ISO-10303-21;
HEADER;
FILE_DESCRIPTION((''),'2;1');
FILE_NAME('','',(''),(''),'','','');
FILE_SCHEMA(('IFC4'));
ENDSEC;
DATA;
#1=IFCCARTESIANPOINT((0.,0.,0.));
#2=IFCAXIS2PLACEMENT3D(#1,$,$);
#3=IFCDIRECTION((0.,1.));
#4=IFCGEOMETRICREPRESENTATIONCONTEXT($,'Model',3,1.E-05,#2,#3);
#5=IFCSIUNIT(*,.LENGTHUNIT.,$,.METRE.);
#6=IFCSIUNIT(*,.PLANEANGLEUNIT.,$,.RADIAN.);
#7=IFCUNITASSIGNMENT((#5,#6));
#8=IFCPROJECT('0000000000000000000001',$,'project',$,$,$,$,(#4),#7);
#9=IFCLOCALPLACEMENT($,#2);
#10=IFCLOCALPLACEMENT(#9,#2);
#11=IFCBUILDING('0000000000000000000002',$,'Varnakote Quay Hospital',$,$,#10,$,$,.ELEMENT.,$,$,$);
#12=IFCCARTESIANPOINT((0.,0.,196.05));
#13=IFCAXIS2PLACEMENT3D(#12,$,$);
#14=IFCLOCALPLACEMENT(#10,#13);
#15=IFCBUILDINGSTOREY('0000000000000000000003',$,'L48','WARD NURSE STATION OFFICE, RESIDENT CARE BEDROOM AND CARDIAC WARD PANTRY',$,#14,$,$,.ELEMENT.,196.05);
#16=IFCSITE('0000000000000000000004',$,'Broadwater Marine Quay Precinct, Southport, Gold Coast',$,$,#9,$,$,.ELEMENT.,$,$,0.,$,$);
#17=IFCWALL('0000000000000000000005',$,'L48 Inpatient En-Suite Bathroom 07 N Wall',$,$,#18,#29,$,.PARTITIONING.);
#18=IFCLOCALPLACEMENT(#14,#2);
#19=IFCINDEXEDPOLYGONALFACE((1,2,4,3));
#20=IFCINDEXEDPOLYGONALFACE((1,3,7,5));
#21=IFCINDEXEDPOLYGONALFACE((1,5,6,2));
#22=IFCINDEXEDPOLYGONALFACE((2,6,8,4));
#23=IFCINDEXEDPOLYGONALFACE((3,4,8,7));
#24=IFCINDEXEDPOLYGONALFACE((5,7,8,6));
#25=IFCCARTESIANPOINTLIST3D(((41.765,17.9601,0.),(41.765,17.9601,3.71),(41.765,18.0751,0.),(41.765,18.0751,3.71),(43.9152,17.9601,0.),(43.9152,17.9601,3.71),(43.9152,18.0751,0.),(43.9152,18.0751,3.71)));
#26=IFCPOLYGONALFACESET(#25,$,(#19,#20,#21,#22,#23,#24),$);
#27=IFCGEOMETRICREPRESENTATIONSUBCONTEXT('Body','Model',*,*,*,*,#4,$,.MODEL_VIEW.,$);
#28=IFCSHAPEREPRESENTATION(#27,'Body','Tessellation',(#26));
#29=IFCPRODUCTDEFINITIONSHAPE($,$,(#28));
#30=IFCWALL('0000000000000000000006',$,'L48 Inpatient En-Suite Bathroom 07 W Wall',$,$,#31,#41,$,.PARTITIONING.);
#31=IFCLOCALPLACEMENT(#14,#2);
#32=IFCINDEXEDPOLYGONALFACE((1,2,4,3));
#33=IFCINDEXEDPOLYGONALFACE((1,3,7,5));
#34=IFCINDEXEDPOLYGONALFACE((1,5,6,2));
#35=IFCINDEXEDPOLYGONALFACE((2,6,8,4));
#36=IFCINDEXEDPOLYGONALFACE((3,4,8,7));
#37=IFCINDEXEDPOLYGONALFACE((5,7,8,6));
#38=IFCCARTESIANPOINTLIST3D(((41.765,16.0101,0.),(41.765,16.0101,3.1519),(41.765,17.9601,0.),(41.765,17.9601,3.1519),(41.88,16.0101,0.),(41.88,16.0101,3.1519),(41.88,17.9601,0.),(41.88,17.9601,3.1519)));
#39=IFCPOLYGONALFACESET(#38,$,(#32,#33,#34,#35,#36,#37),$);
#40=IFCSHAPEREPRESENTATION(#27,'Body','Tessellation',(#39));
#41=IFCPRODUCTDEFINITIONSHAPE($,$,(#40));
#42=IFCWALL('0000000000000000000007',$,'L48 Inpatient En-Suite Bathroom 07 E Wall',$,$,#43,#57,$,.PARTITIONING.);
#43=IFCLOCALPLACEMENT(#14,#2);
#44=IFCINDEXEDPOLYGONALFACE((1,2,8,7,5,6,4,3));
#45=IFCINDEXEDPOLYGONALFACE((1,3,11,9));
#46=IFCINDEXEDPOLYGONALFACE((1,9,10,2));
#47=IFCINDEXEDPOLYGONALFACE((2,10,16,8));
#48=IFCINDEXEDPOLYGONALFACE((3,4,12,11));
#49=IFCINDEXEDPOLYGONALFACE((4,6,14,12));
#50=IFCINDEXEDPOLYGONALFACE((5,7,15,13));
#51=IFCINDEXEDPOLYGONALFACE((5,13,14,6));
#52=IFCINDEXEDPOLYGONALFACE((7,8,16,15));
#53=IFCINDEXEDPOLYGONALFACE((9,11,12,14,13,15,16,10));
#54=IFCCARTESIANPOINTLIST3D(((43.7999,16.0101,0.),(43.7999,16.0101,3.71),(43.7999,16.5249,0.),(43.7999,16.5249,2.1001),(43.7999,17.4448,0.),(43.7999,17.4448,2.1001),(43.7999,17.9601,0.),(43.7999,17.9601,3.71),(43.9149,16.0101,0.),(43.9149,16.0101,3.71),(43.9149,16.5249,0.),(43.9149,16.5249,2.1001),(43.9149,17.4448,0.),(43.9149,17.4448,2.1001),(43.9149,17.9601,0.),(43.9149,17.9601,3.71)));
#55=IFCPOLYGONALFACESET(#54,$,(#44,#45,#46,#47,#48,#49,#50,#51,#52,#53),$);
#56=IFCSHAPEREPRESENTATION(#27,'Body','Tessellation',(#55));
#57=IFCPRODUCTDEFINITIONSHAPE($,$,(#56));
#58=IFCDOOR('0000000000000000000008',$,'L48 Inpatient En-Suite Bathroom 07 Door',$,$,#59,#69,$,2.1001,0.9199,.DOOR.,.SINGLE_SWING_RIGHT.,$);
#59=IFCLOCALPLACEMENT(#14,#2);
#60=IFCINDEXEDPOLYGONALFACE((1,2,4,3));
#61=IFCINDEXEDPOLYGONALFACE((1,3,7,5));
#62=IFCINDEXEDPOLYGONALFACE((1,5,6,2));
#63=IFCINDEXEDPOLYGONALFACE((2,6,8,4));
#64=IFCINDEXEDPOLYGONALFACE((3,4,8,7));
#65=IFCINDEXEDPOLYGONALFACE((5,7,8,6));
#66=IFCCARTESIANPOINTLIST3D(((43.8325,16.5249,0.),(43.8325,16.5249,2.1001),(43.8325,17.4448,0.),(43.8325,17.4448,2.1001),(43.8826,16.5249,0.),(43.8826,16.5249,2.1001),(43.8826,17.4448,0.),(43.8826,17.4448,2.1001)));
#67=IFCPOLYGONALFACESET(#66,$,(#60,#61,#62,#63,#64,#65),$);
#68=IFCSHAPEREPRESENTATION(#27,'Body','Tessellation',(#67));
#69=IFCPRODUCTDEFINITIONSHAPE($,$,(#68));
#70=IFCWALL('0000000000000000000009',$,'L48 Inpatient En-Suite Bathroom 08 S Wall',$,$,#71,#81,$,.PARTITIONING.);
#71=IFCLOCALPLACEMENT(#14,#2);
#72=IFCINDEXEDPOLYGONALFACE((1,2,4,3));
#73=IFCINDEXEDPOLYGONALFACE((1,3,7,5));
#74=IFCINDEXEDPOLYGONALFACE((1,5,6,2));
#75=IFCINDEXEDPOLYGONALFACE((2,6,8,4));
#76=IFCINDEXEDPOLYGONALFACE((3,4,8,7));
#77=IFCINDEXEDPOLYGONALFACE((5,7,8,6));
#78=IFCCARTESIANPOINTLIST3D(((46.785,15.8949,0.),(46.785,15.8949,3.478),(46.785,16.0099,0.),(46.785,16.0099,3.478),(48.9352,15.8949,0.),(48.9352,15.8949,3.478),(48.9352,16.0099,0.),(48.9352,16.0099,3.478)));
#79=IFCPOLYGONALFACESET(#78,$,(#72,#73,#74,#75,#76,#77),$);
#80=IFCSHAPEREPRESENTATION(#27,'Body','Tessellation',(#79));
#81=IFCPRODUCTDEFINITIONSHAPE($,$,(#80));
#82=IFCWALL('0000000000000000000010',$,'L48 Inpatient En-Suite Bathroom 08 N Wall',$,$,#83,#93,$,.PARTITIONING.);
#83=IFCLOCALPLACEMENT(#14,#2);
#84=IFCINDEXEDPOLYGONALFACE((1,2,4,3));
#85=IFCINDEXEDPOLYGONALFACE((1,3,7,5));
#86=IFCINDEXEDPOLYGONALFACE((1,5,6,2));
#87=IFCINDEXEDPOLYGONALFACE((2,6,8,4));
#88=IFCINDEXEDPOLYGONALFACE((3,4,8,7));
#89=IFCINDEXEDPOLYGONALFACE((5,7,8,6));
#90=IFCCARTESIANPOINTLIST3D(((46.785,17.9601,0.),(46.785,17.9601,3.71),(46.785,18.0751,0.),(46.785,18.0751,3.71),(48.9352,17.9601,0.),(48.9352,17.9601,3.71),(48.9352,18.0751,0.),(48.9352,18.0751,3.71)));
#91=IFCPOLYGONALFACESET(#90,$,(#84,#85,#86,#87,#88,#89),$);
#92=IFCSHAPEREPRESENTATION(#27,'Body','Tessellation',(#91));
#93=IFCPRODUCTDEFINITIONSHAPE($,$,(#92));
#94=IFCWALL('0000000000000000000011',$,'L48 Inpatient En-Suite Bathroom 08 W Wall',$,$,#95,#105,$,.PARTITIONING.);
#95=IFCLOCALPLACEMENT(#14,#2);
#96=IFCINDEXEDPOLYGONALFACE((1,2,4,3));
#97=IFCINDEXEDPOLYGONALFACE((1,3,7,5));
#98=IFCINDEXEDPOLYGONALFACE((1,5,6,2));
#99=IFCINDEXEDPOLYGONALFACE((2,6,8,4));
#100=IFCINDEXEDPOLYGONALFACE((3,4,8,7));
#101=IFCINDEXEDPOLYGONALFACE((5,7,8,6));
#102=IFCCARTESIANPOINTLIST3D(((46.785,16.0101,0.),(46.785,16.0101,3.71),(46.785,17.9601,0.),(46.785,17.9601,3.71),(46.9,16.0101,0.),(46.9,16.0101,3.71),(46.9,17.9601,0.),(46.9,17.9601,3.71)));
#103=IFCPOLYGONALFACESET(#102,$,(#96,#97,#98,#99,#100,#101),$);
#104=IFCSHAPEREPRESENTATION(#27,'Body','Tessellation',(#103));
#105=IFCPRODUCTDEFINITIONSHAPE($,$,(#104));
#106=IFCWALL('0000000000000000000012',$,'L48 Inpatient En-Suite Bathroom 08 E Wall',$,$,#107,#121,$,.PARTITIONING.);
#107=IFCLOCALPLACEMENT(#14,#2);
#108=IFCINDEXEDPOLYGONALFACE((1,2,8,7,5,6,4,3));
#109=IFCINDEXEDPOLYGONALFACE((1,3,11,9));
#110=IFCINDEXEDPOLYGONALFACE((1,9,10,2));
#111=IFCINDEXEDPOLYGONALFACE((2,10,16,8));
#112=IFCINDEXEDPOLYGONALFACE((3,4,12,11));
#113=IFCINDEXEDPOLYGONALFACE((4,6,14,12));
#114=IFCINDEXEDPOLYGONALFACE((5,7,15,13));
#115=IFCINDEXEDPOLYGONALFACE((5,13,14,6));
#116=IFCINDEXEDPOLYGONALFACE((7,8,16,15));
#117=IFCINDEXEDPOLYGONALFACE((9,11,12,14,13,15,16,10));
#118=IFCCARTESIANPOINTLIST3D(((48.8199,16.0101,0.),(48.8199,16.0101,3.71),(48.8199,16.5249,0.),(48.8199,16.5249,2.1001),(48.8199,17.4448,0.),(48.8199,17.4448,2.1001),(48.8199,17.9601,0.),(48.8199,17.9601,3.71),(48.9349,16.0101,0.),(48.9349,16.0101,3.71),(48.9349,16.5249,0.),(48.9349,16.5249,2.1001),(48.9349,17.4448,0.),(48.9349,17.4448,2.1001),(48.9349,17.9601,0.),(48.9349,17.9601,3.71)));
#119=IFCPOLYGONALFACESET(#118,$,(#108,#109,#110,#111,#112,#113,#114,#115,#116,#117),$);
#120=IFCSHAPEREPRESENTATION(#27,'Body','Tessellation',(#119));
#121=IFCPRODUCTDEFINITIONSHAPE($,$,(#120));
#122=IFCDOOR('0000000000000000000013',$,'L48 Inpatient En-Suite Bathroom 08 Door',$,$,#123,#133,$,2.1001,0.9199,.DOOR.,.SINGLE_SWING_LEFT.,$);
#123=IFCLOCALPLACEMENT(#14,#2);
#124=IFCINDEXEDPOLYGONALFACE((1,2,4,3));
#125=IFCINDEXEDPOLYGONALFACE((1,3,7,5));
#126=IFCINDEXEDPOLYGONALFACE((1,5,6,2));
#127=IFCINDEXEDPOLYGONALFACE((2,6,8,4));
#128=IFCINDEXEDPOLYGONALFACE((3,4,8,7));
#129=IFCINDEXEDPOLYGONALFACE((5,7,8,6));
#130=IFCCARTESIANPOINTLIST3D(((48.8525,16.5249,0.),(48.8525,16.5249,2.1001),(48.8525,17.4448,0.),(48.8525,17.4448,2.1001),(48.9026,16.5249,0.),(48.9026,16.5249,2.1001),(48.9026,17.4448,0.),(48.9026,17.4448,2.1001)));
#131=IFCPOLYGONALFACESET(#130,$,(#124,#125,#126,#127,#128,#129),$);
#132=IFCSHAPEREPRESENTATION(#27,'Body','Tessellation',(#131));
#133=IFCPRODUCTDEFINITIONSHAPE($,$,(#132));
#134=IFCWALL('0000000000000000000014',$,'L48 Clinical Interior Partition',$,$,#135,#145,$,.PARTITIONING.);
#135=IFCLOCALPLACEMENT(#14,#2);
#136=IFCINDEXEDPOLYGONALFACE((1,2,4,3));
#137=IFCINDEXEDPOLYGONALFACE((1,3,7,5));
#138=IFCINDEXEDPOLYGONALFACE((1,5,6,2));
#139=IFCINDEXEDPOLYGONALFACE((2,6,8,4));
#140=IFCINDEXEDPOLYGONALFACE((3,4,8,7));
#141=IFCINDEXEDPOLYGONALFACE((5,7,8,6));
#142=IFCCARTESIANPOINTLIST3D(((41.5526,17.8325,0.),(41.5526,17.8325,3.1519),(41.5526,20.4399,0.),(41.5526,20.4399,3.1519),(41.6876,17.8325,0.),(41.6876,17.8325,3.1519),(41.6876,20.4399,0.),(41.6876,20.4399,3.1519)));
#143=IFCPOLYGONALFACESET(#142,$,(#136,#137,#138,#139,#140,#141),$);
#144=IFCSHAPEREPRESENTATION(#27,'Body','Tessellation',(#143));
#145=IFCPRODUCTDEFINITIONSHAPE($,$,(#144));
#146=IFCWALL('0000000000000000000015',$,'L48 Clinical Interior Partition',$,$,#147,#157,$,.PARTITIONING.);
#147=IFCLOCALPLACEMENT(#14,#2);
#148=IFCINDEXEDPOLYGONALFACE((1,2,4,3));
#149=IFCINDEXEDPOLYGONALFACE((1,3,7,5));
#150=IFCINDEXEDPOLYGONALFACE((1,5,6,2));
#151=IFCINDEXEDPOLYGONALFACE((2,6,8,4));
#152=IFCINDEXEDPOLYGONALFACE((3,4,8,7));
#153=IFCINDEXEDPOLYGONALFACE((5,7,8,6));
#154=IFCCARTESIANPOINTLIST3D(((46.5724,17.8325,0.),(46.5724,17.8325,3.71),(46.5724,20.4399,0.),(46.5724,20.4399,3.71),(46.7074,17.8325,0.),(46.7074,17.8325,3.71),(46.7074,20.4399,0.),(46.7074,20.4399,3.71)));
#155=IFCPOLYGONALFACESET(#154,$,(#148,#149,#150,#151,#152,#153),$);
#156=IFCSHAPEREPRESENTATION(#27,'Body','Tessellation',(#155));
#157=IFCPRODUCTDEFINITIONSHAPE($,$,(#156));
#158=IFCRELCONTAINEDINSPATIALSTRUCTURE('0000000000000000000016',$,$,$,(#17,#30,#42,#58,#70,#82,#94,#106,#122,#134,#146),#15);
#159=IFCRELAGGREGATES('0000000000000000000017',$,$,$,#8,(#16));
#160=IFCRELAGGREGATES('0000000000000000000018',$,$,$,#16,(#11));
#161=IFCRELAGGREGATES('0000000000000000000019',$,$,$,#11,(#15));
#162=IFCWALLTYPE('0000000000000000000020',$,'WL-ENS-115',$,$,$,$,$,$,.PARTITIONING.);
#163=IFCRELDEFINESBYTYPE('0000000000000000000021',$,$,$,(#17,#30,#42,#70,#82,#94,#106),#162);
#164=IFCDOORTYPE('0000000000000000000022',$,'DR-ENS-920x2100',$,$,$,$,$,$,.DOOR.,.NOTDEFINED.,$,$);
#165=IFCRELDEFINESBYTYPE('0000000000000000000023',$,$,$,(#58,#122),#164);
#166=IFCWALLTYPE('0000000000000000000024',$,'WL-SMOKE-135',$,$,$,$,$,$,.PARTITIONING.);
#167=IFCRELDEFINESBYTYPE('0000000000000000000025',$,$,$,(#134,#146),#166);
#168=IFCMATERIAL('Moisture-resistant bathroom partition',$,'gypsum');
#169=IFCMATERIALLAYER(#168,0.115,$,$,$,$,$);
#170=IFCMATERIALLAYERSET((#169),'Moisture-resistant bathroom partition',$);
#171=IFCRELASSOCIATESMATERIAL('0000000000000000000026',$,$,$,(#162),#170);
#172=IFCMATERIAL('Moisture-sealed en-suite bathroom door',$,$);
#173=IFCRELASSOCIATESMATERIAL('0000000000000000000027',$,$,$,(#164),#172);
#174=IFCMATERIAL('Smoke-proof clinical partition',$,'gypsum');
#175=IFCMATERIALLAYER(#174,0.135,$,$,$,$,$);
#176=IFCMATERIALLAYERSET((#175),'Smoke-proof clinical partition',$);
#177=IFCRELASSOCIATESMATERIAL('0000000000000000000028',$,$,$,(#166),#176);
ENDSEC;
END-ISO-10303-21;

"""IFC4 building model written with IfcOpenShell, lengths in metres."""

from ifc_helpers import new_model, si_unit, direction, frame, frame_2d, origin, place, context, subcontext, project, spatial, rectangle, extrude, material, layer, layer_set, type_object, element, fill, save


model = new_model("IFC4")

# Units and contexts
model_context = context("Model", 3, precision=1e-05, world=origin(), true_north=direction((0.0, 1.0)))
body_context = subcontext(model_context, "Body", "Model", "MODEL_VIEW")
ifc_project = project(units=[si_unit("LENGTHUNIT", "METRE"), si_unit("PLANEANGLEUNIT", "RADIAN")], contexts=[model_context])

# Site, building, storey
site_placement = place(None, origin())
site = spatial("IfcSite", under=ifc_project, at=site_placement, Name="Broadwater Marine Quay Precinct, Southport, Gold Coast", CompositionType="ELEMENT", RefElevation=0.0)
building_placement = place(site_placement, origin())
building = spatial("IfcBuilding", under=site, at=building_placement, Name="Varnakote Quay Hospital", CompositionType="ELEMENT")
storey_placement = place(building_placement, frame((0.0, 0.0, 196.05)))
storey = spatial("IfcBuildingStorey", under=building, at=storey_placement, Name="L48", Description="WARD NURSE STATION OFFICE, RESIDENT CARE BEDROOM AND CARDIAC WARD PANTRY", CompositionType="ELEMENT", Elevation=196.05)

# Shared definitions
ifc_material_1 = material(Name="Moisture-resistant bathroom partition", Category="gypsum")
ifc_layer_1 = layer(ifc_material_1, 0.115)
ifc_layer_set_1 = layer_set([ifc_layer_1], Name="Moisture-resistant bathroom partition")
wall_type_1 = type_object("IfcWallType", Name="WL-ENS-115", PredefinedType="PARTITIONING", material=ifc_layer_set_1)

# Shared definitions
ifc_material_2 = material(Name="Moisture-sealed en-suite bathroom door")
door_type_1 = type_object("IfcDoorType", Name="DR-ENS-920x2100", OperationType="NOTDEFINED", PredefinedType="DOOR", material=ifc_material_2)

# Walls
wall_1_placement = place(storey_placement, frame((41.7649, 18.0176, 0.0), z_axis=(0.0, 0.0, 1.0), x_axis=(1.0, 0.0, 0.0)))
element("IfcWall", 1, at=wall_1_placement, inside=storey, type_object=wall_type_1, Name="L48 Inpatient En-Suite Bathroom 07 N Wall", PredefinedType="PARTITIONING", context=body_context, shape_type="SweptSolid", body=[
    extrude(rectangle(XDim=2.1501, YDim=0.115, at=frame_2d((1.0752, 0.0))), origin(), (0.0, 0.0, 1.0), 3.71),
])
wall_2_placement = place(storey_placement, frame((41.8225, 16.01, 0.0), z_axis=(0.0, 0.0, 1.0), x_axis=(0.0, 1.0, 0.0)))
element("IfcWall", 2, at=wall_2_placement, inside=storey, type_object=wall_type_1, Name="L48 Inpatient En-Suite Bathroom 07 W Wall", PredefinedType="PARTITIONING", context=body_context, shape_type="SweptSolid", body=[
    extrude(rectangle(XDim=1.95, YDim=0.115, at=frame_2d((0.9751, 0.0))), origin(), (0.0, 0.0, 1.0), 3.1519),
])

# Wall, opening, door
wall_3_placement = place(storey_placement, frame((43.8574, 16.01, 0.0), z_axis=(0.0, 0.0, 1.0), x_axis=(0.0, 1.0, 0.0)))
wall_3 = element("IfcWall", 3, at=wall_3_placement, inside=storey, type_object=wall_type_1, Name="L48 Inpatient En-Suite Bathroom 07 E Wall", PredefinedType="PARTITIONING", context=body_context, shape_type="SweptSolid", body=[
    extrude(rectangle(XDim=1.95, YDim=0.115, at=frame_2d((0.9751, 0.0))), origin(), (0.0, 0.0, 1.0), 3.71),
])
opening_1_placement = place(wall_3_placement, frame((0.5149, 0.0, 0.0)))
opening_1 = element("IfcOpeningElement", 4, at=opening_1_placement, cuts=wall_3, PredefinedType="OPENING", context=body_context, shape_type="SweptSolid", body=[
    extrude(rectangle(XDim=0.9199, YDim=2.1001, at=frame_2d((0.46, 1.05))), frame((0.0, 0.0674, 0.0), z_axis=(0.0, -1.0, 0.0), x_axis=(1.0, 0.0, 0.0)), (0.0, 0.0, 1.0), 0.135),
])
door_1_placement = place(opening_1_placement, origin())
door_1 = element("IfcDoor", 5, at=door_1_placement, inside=storey, type_object=door_type_1, Name="L48 Inpatient En-Suite Bathroom 07 Door", OperationType="SINGLE_SWING_RIGHT", OverallHeight=2.1001, OverallWidth=0.9199, PredefinedType="DOOR", context=body_context, shape_type="SweptSolid", body=[
    extrude(rectangle(XDim=0.9199, YDim=2.1001, at=frame_2d((0.46, 1.05))), frame((0.0, 0.0249, 0.0), z_axis=(0.0, -1.0, 0.0), x_axis=(1.0, 0.0, 0.0)), (0.0, 0.0, 1.0), 0.05),
])
fill(opening_1, door_1)

# Walls
wall_4_placement = place(storey_placement, frame((46.7849, 15.9524, 0.0), z_axis=(0.0, 0.0, 1.0), x_axis=(1.0, 0.0, 0.0)))
element("IfcWall", 6, at=wall_4_placement, inside=storey, type_object=wall_type_1, Name="L48 Inpatient En-Suite Bathroom 08 S Wall", PredefinedType="PARTITIONING", context=body_context, shape_type="SweptSolid", body=[
    extrude(rectangle(XDim=2.1501, YDim=0.115, at=frame_2d((1.0752, 0.0))), origin(), (0.0, 0.0, 1.0), 3.478),
])
wall_5_placement = place(storey_placement, frame((46.7849, 18.0176, 0.0), z_axis=(0.0, 0.0, 1.0), x_axis=(1.0, 0.0, 0.0)))
element("IfcWall", 7, at=wall_5_placement, inside=storey, type_object=wall_type_1, Name="L48 Inpatient En-Suite Bathroom 08 N Wall", PredefinedType="PARTITIONING", context=body_context, shape_type="SweptSolid", body=[
    extrude(rectangle(XDim=2.1501, YDim=0.115, at=frame_2d((1.0752, 0.0))), origin(), (0.0, 0.0, 1.0), 3.71),
])
wall_6_placement = place(storey_placement, frame((46.8425, 16.01, 0.0), z_axis=(0.0, 0.0, 1.0), x_axis=(0.0, 1.0, 0.0)))
element("IfcWall", 8, at=wall_6_placement, inside=storey, type_object=wall_type_1, Name="L48 Inpatient En-Suite Bathroom 08 W Wall", PredefinedType="PARTITIONING", context=body_context, shape_type="SweptSolid", body=[
    extrude(rectangle(XDim=1.95, YDim=0.115, at=frame_2d((0.9751, 0.0))), origin(), (0.0, 0.0, 1.0), 3.71),
])

# Wall, opening, door
wall_7_placement = place(storey_placement, frame((48.8774, 16.01, 0.0), z_axis=(0.0, 0.0, 1.0), x_axis=(0.0, 1.0, 0.0)))
wall_7 = element("IfcWall", 9, at=wall_7_placement, inside=storey, type_object=wall_type_1, Name="L48 Inpatient En-Suite Bathroom 08 E Wall", PredefinedType="PARTITIONING", context=body_context, shape_type="SweptSolid", body=[
    extrude(rectangle(XDim=1.95, YDim=0.115, at=frame_2d((0.9751, 0.0))), origin(), (0.0, 0.0, 1.0), 3.71),
])
opening_2_placement = place(wall_7_placement, frame((0.5149, 0.0, 0.0)))
opening_2 = element("IfcOpeningElement", 10, at=opening_2_placement, cuts=wall_7, PredefinedType="OPENING", context=body_context, shape_type="SweptSolid", body=[
    extrude(rectangle(XDim=0.9199, YDim=2.1001, at=frame_2d((0.46, 1.05))), frame((0.0, 0.0674, 0.0), z_axis=(0.0, -1.0, 0.0), x_axis=(1.0, 0.0, 0.0)), (0.0, 0.0, 1.0), 0.135),
])
door_2_placement = place(opening_2_placement, origin())
door_2 = element("IfcDoor", 11, at=door_2_placement, inside=storey, type_object=door_type_1, Name="L48 Inpatient En-Suite Bathroom 08 Door", OperationType="SINGLE_SWING_LEFT", OverallHeight=2.1001, OverallWidth=0.9199, PredefinedType="DOOR", context=body_context, shape_type="SweptSolid", body=[
    extrude(rectangle(XDim=0.9199, YDim=2.1001, at=frame_2d((0.46, 1.05))), frame((0.0, 0.0249, 0.0), z_axis=(0.0, -1.0, 0.0), x_axis=(1.0, 0.0, 0.0)), (0.0, 0.0, 1.0), 0.05),
])
fill(opening_2, door_2)

# Walls
ifc_material_3 = material(Name="Smoke-proof clinical partition", Category="gypsum")
ifc_layer_2 = layer(ifc_material_3, 0.135)
ifc_layer_set_2 = layer_set([ifc_layer_2], Name="Smoke-proof clinical partition")
wall_type_2 = type_object("IfcWallType", Name="WL-SMOKE-135", PredefinedType="PARTITIONING", material=ifc_layer_set_2)
wall_8_placement = place(storey_placement, frame((41.6201, 17.8325, 0.0), z_axis=(0.0, 0.0, 1.0), x_axis=(0.0, 1.0, 0.0)))
element("IfcWall", 12, at=wall_8_placement, inside=storey, type_object=wall_type_2, Name="L48 Clinical Interior Partition", PredefinedType="PARTITIONING", context=body_context, shape_type="SweptSolid", body=[
    extrude(rectangle(XDim=2.6074, YDim=0.135, at=frame_2d((1.3037, 0.0))), origin(), (0.0, 0.0, 1.0), 3.1519),
])
wall_9_placement = place(storey_placement, frame((46.6399, 17.8325, 0.0), z_axis=(0.0, 0.0, 1.0), x_axis=(0.0, 1.0, 0.0)))
element("IfcWall", 13, at=wall_9_placement, inside=storey, type_object=wall_type_2, Name="L48 Clinical Interior Partition", PredefinedType="PARTITIONING", context=body_context, shape_type="SweptSolid", body=[
    extrude(rectangle(XDim=2.6074, YDim=0.135, at=frame_2d((1.3037, 0.0))), origin(), (0.0, 0.0, 1.0), 3.71),
])

save(model, "model.ifc")
